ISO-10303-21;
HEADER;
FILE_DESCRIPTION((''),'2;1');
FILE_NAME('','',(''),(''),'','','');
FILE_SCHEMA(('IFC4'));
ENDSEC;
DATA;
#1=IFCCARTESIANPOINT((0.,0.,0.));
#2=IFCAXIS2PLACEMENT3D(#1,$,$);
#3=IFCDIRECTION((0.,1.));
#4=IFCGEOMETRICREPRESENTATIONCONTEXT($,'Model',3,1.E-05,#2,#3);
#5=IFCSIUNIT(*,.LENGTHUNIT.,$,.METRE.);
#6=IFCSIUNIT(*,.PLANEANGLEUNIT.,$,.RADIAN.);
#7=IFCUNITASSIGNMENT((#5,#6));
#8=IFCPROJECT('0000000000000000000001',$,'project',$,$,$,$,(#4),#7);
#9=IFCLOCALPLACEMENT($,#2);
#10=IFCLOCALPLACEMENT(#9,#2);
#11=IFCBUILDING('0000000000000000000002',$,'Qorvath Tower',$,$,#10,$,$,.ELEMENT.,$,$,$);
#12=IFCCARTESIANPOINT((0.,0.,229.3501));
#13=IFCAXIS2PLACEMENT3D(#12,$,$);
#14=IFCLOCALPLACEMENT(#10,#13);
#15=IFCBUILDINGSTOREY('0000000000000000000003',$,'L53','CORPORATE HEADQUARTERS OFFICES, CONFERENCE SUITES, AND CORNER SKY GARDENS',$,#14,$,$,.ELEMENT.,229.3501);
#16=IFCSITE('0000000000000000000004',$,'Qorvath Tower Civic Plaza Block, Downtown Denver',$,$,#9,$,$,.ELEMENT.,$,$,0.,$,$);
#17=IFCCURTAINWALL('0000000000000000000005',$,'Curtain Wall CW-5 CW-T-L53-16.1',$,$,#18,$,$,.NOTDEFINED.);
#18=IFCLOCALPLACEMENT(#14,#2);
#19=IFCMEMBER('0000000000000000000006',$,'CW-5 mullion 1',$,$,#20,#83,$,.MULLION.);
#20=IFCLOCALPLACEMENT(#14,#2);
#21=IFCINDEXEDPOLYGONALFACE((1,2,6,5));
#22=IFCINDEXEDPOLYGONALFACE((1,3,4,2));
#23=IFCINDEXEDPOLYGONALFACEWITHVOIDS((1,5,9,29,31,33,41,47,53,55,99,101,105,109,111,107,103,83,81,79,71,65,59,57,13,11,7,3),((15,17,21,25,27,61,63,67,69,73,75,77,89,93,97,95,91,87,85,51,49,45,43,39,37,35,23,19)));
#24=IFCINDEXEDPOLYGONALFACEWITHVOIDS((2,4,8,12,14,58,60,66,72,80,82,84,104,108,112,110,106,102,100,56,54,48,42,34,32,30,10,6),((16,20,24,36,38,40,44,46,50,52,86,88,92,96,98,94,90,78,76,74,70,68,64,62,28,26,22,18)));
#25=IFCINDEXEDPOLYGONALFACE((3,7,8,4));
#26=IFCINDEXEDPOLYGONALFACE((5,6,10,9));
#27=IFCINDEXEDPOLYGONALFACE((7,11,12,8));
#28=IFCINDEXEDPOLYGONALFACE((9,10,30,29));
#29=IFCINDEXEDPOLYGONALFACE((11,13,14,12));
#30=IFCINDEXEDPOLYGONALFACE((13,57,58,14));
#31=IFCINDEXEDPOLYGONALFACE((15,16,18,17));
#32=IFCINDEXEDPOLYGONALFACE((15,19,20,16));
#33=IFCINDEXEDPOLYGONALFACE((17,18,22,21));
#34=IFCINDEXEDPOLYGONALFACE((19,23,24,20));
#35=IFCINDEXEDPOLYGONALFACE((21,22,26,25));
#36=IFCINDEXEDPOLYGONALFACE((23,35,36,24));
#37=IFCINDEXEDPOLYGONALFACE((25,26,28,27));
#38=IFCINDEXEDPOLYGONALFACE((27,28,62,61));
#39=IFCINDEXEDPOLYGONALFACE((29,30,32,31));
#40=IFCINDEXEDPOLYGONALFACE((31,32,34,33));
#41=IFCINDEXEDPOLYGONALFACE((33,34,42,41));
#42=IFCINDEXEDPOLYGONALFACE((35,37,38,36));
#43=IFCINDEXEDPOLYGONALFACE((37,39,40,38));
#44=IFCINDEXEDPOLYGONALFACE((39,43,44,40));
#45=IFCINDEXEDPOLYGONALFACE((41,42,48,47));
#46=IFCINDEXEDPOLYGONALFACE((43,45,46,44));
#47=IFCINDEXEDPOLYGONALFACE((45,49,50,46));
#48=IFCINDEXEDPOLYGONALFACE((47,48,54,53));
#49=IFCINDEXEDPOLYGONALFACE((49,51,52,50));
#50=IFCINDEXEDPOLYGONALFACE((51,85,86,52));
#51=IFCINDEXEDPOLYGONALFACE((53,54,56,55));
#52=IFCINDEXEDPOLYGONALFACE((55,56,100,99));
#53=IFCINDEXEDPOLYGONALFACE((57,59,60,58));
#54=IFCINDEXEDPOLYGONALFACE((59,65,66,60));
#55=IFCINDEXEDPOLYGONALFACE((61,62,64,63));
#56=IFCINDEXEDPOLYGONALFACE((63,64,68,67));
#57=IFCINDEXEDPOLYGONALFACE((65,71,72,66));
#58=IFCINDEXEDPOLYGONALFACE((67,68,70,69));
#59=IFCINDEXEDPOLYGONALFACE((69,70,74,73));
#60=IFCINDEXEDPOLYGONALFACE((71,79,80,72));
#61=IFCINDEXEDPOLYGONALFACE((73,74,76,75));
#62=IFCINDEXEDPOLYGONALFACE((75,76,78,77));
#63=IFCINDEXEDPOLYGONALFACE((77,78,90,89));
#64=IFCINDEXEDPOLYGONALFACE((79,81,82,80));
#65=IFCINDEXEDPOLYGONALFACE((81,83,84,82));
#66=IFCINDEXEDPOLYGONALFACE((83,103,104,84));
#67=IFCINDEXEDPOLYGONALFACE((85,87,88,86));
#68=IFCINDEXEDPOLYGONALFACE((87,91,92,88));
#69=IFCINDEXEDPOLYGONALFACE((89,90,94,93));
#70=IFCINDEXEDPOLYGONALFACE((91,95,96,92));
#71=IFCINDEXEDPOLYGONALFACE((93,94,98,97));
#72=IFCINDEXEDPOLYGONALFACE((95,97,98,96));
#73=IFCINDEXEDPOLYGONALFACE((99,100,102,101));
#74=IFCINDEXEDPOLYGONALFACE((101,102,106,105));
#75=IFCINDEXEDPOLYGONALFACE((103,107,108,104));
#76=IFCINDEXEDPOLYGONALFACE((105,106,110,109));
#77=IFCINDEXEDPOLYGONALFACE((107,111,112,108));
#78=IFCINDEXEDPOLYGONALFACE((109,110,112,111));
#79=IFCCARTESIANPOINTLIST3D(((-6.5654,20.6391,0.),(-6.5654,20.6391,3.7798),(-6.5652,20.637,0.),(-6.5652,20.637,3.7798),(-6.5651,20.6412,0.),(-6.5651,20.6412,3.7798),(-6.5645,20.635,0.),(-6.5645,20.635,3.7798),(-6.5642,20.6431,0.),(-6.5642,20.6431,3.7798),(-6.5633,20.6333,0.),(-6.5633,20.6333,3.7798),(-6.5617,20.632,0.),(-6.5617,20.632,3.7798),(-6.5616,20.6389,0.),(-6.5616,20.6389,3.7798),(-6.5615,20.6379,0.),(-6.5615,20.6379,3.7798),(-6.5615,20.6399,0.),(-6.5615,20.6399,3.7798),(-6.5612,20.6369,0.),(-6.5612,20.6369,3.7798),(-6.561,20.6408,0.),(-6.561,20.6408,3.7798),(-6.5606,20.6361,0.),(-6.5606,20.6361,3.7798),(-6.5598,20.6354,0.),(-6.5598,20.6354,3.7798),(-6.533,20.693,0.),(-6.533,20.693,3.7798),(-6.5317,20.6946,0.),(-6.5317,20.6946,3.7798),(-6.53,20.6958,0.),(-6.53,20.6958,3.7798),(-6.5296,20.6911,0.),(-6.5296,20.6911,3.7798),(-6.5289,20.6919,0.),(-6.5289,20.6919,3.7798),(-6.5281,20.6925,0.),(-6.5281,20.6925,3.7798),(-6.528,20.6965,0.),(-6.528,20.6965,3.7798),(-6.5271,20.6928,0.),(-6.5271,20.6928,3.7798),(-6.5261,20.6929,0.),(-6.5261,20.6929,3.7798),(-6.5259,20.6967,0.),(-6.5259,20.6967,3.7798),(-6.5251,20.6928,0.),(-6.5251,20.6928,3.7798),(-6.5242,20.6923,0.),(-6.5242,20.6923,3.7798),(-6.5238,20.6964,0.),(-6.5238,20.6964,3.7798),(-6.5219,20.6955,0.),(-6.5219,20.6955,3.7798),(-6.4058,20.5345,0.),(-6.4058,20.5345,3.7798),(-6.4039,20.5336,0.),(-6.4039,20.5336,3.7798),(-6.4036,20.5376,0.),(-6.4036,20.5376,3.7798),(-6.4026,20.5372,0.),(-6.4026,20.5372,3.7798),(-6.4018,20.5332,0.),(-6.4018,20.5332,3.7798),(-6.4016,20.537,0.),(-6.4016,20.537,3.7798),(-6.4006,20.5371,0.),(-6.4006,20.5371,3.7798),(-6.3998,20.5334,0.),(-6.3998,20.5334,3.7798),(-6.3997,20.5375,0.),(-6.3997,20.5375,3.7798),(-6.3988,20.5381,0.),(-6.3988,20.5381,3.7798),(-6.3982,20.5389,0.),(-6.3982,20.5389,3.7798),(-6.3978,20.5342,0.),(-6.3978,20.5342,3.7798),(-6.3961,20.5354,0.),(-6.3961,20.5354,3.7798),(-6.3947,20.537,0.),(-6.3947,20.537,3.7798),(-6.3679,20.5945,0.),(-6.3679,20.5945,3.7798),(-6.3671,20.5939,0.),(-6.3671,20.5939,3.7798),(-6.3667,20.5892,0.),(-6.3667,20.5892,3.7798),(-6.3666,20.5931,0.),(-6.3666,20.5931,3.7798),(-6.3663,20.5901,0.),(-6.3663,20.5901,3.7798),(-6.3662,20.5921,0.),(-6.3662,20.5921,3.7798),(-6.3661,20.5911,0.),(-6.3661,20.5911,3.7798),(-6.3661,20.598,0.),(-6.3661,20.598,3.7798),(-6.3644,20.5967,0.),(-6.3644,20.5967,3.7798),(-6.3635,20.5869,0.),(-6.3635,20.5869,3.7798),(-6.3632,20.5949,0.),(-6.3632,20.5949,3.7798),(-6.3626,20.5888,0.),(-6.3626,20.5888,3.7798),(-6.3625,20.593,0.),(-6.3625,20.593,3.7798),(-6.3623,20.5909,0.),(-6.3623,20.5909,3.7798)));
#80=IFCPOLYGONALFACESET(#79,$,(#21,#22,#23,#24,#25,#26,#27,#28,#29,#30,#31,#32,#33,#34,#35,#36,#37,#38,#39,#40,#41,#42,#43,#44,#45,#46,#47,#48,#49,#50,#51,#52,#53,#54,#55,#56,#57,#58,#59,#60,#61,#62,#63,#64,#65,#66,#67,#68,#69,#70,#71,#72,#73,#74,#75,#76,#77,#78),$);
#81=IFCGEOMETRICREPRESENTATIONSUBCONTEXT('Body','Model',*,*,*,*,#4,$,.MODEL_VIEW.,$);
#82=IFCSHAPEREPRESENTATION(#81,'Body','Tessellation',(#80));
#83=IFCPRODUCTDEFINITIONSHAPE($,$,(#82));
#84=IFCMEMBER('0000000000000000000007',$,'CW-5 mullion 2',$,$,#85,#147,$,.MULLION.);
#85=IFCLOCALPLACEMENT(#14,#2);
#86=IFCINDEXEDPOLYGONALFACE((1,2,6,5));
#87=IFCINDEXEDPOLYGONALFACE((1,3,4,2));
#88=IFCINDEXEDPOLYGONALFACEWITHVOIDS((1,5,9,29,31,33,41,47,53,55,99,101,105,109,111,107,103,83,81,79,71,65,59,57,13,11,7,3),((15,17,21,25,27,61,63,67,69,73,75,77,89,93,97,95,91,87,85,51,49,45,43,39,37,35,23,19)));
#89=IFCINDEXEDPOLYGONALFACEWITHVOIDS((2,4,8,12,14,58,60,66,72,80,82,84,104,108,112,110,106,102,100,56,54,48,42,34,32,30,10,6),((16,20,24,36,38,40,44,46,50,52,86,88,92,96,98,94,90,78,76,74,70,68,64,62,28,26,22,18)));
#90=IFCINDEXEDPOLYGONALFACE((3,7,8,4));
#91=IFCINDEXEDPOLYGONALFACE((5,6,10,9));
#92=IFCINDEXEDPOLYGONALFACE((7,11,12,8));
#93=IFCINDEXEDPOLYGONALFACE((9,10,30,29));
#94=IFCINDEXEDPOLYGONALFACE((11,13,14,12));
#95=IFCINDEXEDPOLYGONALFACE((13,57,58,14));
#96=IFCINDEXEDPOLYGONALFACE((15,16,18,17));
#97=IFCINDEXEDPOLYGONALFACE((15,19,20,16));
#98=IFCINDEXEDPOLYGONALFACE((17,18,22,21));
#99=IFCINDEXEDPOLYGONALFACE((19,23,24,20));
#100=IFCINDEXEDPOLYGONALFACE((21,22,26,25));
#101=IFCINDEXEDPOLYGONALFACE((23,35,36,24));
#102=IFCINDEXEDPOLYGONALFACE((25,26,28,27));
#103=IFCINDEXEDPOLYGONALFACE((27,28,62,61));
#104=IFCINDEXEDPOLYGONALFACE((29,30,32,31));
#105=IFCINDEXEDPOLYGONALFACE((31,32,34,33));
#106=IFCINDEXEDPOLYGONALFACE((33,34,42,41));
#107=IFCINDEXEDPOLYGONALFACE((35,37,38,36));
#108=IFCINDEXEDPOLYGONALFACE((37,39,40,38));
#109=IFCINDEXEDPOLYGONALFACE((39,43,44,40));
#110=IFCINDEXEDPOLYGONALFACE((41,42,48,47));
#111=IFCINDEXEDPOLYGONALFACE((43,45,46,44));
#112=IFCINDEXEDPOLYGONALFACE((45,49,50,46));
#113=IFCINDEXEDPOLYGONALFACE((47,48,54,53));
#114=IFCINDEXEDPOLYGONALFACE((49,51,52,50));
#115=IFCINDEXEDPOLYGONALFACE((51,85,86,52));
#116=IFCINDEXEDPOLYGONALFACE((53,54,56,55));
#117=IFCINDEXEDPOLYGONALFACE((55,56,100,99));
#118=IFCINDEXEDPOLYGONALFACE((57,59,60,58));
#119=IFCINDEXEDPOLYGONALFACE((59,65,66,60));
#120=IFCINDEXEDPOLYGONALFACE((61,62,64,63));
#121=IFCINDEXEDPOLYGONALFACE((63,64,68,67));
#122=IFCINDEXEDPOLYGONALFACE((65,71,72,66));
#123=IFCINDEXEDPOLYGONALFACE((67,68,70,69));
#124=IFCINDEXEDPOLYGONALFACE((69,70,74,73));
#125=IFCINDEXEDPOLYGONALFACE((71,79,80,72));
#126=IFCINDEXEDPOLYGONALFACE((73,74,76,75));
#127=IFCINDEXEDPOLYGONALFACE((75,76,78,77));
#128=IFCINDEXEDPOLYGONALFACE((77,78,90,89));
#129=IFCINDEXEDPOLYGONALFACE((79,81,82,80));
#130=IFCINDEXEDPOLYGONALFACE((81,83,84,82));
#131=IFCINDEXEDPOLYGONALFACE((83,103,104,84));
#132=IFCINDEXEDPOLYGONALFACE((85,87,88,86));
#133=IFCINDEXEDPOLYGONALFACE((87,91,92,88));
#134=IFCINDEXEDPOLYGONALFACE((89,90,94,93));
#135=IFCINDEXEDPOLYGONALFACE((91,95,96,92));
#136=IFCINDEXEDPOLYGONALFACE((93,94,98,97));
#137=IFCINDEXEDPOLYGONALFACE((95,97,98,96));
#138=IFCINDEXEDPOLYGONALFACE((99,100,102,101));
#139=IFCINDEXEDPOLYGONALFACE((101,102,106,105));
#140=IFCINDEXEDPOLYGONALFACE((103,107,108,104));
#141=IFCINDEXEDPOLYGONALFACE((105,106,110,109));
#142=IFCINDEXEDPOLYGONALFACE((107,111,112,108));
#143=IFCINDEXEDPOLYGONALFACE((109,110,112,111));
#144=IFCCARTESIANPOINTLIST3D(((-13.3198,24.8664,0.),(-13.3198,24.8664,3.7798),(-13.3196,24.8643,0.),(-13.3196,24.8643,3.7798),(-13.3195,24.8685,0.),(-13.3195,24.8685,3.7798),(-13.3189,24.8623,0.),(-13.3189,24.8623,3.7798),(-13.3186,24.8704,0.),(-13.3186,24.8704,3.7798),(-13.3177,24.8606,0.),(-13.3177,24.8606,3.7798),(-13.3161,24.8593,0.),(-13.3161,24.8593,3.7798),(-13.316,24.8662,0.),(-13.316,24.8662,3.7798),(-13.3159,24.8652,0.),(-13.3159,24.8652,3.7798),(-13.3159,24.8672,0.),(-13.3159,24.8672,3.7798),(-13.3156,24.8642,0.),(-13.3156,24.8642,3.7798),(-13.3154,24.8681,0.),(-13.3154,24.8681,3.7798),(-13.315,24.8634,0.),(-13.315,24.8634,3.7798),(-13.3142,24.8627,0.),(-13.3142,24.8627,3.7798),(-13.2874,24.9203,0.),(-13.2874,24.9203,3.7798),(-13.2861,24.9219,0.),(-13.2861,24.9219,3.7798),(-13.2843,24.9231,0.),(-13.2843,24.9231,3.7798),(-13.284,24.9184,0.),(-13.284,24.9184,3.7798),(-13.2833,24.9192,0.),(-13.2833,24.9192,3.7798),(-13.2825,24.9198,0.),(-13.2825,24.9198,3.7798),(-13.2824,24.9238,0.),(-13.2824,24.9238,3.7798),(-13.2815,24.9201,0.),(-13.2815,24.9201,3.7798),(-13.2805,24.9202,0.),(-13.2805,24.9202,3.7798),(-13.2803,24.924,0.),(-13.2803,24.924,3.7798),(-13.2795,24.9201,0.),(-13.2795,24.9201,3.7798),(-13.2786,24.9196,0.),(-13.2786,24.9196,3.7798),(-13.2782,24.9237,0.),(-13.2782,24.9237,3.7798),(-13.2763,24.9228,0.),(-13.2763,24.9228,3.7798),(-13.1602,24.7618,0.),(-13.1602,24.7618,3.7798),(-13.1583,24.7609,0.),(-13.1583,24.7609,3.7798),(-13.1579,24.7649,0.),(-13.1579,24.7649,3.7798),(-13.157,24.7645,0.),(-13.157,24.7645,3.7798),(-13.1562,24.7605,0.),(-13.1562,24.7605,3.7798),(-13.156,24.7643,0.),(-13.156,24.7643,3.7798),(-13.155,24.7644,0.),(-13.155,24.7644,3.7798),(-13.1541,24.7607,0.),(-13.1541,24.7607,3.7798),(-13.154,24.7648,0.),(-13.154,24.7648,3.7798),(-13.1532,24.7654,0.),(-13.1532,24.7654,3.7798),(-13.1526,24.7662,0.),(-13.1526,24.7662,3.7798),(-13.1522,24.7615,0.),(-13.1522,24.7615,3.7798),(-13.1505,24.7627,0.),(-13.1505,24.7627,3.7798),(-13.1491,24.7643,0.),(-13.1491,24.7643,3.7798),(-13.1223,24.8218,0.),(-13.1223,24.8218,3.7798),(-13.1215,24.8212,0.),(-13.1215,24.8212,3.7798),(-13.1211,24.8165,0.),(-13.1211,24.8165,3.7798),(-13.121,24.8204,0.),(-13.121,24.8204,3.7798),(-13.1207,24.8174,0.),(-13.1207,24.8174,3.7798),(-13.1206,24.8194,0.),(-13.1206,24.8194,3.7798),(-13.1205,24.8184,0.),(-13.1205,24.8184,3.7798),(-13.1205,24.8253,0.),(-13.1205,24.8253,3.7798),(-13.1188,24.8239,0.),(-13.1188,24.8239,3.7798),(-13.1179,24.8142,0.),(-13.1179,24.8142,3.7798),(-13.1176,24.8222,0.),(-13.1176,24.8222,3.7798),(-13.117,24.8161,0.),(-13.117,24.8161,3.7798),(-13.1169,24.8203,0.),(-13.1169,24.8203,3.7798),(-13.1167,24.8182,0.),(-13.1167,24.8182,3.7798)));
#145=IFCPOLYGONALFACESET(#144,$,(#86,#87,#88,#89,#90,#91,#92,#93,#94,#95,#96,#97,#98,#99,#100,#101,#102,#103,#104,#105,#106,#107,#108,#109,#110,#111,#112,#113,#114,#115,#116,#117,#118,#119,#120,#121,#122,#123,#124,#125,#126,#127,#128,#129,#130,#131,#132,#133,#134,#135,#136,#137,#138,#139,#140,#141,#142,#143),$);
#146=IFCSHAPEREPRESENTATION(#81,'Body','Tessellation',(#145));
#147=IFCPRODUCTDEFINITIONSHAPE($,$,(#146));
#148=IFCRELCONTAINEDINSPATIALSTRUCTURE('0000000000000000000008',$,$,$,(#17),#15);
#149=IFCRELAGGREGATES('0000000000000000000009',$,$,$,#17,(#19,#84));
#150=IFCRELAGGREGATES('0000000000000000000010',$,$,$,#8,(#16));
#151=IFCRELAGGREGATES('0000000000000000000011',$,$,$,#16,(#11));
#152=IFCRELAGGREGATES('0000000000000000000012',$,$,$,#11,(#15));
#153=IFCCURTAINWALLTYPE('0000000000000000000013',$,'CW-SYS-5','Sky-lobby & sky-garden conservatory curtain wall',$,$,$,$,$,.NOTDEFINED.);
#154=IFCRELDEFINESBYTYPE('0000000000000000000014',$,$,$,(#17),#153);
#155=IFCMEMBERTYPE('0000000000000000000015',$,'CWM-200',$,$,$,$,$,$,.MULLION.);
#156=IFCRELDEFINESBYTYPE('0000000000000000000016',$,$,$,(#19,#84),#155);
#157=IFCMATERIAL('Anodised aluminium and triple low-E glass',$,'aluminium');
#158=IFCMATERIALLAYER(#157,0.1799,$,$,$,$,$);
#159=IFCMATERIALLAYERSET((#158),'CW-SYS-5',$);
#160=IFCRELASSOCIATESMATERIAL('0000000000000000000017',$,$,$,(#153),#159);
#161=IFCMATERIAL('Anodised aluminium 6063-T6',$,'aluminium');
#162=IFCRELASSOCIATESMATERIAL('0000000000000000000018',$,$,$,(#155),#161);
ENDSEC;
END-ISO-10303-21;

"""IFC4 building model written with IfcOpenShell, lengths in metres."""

from ifc_helpers import new_model, si_unit, direction, frame, origin, origin_2d, place, context, subcontext, project, spatial, hollow_rectangle, extrude, material, layer, layer_set, material_profile, profile_set, type_object, element, aggregate, save


model = new_model("IFC4")

# Units and contexts
model_context = context("Model", 3, precision=1e-05, world=origin(), true_north=direction((0.0, 1.0)))
body_context = subcontext(model_context, "Body", "Model", "MODEL_VIEW")
ifc_project = project(units=[si_unit("LENGTHUNIT", "METRE"), si_unit("PLANEANGLEUNIT", "RADIAN")], contexts=[model_context])

# Site, building, storey
site_placement = place(None, origin())
site = spatial("IfcSite", under=ifc_project, at=site_placement, Name="Qorvath Tower Civic Plaza Block, Downtown Denver", CompositionType="ELEMENT", RefElevation=0.0)
building_placement = place(site_placement, origin())
building = spatial("IfcBuilding", under=site, at=building_placement, Name="Qorvath Tower", CompositionType="ELEMENT")
storey_placement = place(building_placement, frame((0.0, 0.0, 229.3501)))
storey = spatial("IfcBuildingStorey", under=building, at=storey_placement, Name="L53", Description="CORPORATE HEADQUARTERS OFFICES, CONFERENCE SUITES, AND CORNER SKY GARDENS", CompositionType="ELEMENT", Elevation=229.3501)

# Shared definitions
ifc_material_1 = material(Name="Anodised aluminium and triple low-E glass", Category="aluminium")
ifc_layer_1 = layer(ifc_material_1, 0.1799)
ifc_layer_set_1 = layer_set([ifc_layer_1], Name="CW-SYS-5")
curtain_wall_type = type_object("IfcCurtainWallType", Name="CW-SYS-5", Description="Sky-lobby & sky-garden conservatory curtain wall", PredefinedType="NOTDEFINED", material=ifc_layer_set_1)
ifc_material_2 = material(Name="Anodised aluminium 6063-T6", Category="aluminium")
ifc_material_profile_1 = material_profile(ifc_material_2, hollow_rectangle(XDim=0.075, YDim=0.2, WallThickness=0.0039, InnerFilletRadius=0.0039, OuterFilletRadius=0.0081, at=origin_2d()), Name="CWM 200x75")
ifc_profile_set_1 = profile_set([ifc_material_profile_1], Name="Anodised aluminium 6063-T6")
member_type_1 = type_object("IfcMemberType", Name="CWM-200", PredefinedType="MULLION", material=ifc_profile_set_1)

# Curtain wall, members
curtain_wall_1_placement = place(storey_placement, origin())
curtain_wall_1 = element("IfcCurtainWall", 1, at=curtain_wall_1_placement, inside=storey, type_object=curtain_wall_type, Name="Curtain Wall CW-5 CW-T-L53-16.1", PredefinedType="NOTDEFINED")
member_1_placement = place(storey_placement, frame((-6.4639, 20.615, 0.0), z_axis=(0.0, 0.0, 1.0), x_axis=(-0.530545, -0.847657, 0.0)))
member_1 = element("IfcMember", 2, at=member_1_placement, type_object=member_type_1, Name="CW-5 mullion 1", PredefinedType="MULLION", context=body_context, shape_type="SweptSolid", body=[
    extrude(hollow_rectangle(XDim=0.075, YDim=0.2, WallThickness=0.0039, InnerFilletRadius=0.0039, OuterFilletRadius=0.0081, at=origin_2d()), origin(), (0.0, 0.0, 1.0), 3.7798),
])
member_2_placement = place(storey_placement, frame((-13.2183, 24.8423, 0.0), z_axis=(0.0, 0.0, 1.0), x_axis=(-0.530545, -0.847657, 0.0)))
member_2 = element("IfcMember", 3, at=member_2_placement, type_object=member_type_1, Name="CW-5 mullion 2", PredefinedType="MULLION", context=body_context, shape_type="SweptSolid", body=[
    extrude(hollow_rectangle(XDim=0.075, YDim=0.2, WallThickness=0.0039, InnerFilletRadius=0.0039, OuterFilletRadius=0.0081, at=origin_2d()), origin(), (0.0, 0.0, 1.0), 3.7798),
])

aggregate(curtain_wall_1, [member_1, member_2])

save(model, "model.ifc")
